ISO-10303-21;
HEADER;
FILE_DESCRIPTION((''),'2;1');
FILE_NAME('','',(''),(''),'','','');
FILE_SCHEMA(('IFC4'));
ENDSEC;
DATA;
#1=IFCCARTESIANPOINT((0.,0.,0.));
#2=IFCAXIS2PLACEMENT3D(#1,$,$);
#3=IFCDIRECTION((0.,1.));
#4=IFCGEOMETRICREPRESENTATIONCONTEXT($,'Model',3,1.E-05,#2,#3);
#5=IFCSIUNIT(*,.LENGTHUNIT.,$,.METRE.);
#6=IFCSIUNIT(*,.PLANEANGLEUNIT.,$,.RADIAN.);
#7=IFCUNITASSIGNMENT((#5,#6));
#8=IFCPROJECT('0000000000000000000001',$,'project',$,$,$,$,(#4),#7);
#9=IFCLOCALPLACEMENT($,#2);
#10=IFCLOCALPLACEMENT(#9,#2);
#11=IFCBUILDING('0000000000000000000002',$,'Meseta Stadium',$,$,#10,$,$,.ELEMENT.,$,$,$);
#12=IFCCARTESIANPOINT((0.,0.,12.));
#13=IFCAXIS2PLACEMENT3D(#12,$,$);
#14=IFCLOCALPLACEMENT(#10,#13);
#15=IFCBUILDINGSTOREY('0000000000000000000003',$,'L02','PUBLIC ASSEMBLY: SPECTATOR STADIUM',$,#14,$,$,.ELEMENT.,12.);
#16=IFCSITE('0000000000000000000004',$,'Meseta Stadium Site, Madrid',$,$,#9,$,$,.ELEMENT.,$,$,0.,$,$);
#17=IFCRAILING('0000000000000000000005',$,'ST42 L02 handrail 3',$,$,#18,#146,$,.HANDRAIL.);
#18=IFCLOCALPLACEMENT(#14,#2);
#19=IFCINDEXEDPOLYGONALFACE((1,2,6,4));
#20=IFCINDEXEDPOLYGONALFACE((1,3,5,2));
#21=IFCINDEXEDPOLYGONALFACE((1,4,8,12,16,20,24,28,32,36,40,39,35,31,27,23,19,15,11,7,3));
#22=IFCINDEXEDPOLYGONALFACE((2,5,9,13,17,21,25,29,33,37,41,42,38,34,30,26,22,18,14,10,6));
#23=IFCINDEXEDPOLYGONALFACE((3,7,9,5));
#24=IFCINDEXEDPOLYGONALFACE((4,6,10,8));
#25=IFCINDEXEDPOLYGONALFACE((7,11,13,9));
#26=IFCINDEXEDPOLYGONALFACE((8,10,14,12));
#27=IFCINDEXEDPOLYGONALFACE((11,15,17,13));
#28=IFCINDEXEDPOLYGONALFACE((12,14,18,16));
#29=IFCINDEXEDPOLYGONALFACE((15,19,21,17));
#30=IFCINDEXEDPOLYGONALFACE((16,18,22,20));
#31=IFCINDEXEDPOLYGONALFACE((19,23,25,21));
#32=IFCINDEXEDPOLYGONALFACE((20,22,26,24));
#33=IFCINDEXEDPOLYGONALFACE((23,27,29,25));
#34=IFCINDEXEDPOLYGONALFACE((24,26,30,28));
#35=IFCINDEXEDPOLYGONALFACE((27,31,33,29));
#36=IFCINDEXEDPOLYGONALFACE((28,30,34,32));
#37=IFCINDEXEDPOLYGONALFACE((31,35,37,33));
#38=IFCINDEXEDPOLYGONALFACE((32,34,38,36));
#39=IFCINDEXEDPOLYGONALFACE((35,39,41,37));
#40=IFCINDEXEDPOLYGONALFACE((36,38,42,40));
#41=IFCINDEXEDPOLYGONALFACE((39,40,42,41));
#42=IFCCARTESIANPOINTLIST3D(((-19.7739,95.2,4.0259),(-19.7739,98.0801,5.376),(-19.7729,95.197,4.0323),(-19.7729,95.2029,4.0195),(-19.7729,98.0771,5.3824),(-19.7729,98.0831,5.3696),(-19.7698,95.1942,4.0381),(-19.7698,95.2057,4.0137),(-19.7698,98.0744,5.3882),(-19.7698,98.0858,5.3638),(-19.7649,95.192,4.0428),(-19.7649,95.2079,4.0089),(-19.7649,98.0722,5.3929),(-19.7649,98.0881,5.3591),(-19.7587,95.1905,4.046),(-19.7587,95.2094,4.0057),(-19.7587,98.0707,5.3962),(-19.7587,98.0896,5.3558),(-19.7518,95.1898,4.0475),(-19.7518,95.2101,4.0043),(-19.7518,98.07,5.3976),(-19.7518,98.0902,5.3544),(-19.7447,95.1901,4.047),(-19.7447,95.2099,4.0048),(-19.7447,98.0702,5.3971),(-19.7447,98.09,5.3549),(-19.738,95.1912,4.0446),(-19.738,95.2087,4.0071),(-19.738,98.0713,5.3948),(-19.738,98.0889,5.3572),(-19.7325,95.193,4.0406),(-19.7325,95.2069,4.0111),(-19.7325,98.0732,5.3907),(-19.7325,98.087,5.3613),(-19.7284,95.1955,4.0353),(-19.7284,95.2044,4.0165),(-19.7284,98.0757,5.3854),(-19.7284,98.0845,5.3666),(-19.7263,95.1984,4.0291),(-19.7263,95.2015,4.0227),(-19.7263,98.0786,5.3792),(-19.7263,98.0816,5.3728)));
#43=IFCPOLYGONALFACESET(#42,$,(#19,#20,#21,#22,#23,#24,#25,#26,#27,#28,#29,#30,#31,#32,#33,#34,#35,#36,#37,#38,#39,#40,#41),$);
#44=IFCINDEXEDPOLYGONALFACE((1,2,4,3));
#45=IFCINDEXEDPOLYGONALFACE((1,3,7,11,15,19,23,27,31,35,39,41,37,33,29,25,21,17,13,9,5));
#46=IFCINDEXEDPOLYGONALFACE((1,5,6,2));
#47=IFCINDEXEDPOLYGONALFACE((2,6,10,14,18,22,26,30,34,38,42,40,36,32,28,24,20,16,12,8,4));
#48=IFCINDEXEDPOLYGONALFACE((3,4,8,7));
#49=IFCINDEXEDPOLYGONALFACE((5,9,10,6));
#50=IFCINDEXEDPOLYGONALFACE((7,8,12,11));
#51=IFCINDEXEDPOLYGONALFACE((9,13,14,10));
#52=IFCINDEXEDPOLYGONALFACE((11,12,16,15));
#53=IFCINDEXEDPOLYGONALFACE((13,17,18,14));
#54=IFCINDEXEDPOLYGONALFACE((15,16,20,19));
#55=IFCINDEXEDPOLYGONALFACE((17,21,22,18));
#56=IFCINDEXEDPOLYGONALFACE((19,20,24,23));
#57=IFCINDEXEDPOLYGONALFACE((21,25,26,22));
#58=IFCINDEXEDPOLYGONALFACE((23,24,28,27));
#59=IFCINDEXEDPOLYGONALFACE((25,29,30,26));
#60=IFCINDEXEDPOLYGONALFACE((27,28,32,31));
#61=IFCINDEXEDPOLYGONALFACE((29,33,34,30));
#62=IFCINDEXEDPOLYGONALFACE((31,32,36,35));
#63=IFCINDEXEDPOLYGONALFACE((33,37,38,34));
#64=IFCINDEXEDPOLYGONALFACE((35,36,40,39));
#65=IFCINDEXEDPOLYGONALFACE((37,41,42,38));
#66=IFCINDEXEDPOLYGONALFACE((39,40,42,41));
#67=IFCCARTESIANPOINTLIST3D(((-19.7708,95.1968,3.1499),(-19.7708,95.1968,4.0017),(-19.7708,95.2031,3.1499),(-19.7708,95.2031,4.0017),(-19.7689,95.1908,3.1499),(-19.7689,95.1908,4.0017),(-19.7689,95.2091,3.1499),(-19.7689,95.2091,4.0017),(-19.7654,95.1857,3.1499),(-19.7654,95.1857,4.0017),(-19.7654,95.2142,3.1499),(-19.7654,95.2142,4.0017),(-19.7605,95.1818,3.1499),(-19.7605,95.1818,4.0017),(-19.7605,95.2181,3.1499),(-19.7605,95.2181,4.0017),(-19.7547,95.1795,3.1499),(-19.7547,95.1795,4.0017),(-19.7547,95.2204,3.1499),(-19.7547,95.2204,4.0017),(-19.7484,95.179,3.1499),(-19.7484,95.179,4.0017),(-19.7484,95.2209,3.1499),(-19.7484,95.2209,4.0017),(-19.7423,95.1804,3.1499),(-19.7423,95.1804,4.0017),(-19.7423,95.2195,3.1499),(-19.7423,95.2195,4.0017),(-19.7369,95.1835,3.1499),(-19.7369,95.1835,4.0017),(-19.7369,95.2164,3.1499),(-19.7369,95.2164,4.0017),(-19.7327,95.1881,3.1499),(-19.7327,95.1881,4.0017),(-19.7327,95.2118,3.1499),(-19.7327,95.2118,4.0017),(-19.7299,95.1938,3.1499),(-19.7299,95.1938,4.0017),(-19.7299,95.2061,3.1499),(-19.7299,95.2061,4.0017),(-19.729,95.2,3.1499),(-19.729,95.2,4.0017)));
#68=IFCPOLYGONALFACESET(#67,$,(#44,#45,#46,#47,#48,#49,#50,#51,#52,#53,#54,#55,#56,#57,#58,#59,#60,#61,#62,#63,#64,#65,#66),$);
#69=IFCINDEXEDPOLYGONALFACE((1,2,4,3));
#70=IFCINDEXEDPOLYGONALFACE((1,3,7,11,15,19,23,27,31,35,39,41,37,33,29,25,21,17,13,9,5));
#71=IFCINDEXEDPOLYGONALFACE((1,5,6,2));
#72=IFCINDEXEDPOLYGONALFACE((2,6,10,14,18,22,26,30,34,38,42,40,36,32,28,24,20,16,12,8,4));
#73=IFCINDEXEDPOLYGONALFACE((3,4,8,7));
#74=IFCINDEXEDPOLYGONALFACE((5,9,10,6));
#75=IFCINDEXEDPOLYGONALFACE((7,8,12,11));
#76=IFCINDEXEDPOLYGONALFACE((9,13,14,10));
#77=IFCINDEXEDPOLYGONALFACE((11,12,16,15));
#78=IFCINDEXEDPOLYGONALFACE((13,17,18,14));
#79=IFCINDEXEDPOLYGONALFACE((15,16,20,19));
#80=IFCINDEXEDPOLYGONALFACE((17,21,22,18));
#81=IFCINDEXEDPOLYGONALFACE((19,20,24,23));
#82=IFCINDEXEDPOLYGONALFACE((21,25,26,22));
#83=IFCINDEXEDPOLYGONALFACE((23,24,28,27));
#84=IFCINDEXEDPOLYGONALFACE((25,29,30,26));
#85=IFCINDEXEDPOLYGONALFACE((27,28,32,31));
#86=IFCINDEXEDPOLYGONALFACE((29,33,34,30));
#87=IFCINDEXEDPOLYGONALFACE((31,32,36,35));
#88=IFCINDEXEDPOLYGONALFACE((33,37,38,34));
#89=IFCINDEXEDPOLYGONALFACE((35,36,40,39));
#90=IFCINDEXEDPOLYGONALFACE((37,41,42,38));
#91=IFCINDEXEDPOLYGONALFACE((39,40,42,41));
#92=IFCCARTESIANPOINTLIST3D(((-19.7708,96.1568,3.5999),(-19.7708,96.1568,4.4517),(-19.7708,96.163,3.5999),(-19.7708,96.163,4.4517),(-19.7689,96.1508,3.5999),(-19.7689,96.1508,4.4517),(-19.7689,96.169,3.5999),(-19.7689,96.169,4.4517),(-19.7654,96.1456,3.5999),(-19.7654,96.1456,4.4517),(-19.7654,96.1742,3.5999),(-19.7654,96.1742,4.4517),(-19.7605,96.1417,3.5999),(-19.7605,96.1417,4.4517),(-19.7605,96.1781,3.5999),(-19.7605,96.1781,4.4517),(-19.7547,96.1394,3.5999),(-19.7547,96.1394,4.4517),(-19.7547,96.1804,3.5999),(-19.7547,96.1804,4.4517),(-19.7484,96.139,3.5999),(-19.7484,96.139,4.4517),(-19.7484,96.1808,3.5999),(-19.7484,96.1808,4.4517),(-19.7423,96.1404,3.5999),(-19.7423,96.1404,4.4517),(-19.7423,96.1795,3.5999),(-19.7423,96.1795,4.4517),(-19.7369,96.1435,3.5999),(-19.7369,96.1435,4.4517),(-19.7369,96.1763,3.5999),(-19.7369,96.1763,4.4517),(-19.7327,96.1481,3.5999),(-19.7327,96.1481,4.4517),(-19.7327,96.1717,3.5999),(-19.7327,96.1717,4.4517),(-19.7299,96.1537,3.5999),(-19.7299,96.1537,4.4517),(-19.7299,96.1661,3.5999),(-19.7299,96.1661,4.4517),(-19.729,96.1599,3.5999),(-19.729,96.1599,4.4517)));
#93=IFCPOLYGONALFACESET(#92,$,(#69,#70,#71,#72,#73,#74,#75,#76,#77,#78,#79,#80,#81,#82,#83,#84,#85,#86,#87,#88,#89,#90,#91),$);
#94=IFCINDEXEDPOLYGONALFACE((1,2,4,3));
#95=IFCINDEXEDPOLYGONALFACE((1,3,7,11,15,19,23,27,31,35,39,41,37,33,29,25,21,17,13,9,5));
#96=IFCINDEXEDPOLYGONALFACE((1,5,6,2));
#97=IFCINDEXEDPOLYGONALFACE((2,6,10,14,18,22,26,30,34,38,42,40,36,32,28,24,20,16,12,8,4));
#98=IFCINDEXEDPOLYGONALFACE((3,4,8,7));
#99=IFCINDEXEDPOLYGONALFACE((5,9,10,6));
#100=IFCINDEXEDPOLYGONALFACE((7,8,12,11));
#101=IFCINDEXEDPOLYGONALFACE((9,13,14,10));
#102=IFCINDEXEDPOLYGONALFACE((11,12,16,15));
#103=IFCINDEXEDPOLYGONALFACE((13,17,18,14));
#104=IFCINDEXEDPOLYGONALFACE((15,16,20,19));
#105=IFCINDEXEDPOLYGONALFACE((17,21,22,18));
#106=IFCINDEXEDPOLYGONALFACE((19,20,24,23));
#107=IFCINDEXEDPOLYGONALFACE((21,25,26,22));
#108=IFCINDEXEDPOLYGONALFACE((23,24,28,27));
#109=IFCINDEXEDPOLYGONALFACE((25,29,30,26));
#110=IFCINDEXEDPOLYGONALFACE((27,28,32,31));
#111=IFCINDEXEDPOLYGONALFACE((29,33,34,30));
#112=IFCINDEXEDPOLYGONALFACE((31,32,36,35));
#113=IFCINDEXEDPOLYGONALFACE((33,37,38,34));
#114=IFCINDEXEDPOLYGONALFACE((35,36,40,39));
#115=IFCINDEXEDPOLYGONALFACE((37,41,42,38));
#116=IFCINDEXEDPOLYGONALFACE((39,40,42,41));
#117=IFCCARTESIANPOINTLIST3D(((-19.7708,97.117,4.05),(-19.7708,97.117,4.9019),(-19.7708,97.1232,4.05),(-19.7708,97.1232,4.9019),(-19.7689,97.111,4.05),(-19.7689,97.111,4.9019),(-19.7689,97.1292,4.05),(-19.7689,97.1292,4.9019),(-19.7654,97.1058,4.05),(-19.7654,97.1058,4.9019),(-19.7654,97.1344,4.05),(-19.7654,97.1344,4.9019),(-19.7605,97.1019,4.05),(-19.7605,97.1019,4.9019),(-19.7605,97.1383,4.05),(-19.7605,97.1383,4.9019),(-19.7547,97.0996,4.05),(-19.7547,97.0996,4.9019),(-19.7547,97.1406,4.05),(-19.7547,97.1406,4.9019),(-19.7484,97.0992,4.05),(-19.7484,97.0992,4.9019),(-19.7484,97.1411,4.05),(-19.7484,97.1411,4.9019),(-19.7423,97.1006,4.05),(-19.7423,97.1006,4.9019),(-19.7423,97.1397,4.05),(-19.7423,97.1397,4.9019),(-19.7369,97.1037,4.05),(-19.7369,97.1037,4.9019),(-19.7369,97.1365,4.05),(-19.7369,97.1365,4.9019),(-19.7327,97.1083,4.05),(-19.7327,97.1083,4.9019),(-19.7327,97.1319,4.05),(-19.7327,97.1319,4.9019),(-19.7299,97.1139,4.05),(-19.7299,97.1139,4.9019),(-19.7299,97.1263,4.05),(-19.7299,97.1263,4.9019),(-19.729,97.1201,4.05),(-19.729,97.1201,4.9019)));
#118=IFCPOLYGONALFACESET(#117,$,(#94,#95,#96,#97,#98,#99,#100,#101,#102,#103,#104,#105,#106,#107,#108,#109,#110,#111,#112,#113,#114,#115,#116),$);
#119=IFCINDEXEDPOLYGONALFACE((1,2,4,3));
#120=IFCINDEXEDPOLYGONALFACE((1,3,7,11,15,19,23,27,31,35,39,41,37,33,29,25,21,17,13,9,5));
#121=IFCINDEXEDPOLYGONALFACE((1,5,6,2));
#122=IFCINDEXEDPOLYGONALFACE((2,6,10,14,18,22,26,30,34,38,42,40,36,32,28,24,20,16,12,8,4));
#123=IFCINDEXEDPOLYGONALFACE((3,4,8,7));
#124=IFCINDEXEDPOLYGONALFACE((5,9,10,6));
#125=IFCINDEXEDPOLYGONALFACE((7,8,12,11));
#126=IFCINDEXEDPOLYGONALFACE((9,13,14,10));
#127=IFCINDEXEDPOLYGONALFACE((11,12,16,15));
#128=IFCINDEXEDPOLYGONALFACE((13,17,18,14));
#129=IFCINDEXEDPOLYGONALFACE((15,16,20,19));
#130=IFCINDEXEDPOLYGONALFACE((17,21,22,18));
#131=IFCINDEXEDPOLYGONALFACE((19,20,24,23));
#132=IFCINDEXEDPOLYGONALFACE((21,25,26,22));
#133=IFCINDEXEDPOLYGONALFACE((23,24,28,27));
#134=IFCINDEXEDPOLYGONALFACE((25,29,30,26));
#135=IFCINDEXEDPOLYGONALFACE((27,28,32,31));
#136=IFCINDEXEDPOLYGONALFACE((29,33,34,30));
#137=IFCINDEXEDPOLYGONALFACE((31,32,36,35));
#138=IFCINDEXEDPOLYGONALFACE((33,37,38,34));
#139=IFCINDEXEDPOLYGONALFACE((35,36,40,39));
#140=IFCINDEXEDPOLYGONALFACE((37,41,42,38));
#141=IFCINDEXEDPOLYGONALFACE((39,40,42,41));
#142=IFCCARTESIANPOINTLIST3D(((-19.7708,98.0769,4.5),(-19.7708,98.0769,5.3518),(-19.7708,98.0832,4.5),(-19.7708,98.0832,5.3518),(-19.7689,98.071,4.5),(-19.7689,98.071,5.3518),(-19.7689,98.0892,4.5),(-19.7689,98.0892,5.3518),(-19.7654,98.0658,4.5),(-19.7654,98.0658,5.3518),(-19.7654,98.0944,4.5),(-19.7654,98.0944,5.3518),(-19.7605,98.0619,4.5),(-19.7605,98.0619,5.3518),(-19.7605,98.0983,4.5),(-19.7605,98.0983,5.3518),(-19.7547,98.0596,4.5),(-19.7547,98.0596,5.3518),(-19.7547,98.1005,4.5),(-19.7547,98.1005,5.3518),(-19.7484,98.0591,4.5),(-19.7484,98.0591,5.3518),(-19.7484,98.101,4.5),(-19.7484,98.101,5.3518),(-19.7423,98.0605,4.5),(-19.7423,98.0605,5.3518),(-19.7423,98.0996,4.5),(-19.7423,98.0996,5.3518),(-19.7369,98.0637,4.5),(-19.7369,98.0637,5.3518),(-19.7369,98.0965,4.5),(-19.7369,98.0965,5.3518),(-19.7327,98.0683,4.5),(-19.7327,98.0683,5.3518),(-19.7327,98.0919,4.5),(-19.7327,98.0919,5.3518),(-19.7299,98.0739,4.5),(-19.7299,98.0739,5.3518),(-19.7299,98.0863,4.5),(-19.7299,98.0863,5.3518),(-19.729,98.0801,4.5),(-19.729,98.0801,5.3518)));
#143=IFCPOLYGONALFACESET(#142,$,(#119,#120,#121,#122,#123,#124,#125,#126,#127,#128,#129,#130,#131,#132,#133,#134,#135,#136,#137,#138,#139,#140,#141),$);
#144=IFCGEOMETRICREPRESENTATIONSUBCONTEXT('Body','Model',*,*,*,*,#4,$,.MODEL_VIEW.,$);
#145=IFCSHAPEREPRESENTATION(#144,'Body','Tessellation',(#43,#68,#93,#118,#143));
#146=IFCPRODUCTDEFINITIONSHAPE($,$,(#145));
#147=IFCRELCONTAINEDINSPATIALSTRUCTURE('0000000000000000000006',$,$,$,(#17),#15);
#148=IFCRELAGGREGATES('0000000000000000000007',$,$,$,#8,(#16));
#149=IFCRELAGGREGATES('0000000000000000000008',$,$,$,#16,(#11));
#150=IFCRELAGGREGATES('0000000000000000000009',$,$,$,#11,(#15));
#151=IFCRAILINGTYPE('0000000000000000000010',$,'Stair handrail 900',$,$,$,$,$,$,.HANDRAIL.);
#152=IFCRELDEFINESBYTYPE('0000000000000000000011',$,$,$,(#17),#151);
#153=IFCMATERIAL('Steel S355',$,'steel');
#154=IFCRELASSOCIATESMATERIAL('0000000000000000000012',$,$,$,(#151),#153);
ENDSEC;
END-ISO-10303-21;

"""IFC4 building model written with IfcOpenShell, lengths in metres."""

from ifc_helpers import new_model, si_unit, direction, frame, origin, origin_2d, place, context, subcontext, project, spatial, circle, extrude, material, type_object, element, save


model = new_model("IFC4")

# Units and contexts
model_context = context("Model", 3, precision=1e-05, world=origin(), true_north=direction((0.0, 1.0)))
body_context = subcontext(model_context, "Body", "Model", "MODEL_VIEW")
ifc_project = project(units=[si_unit("LENGTHUNIT", "METRE"), si_unit("PLANEANGLEUNIT", "RADIAN")], contexts=[model_context])

# Site, building, storey
site_placement = place(None, origin())
site = spatial("IfcSite", under=ifc_project, at=site_placement, Name="Meseta Stadium Site, Madrid", CompositionType="ELEMENT", RefElevation=0.0)
building_placement = place(site_placement, origin())
building = spatial("IfcBuilding", under=site, at=building_placement, Name="Meseta Stadium", CompositionType="ELEMENT")
storey_placement = place(building_placement, frame((0.0, 0.0, 12.0)))
storey = spatial("IfcBuildingStorey", under=building, at=storey_placement, Name="L02", Description="PUBLIC ASSEMBLY: SPECTATOR STADIUM", CompositionType="ELEMENT", Elevation=12.0)

# Railing
ifc_material_1 = material(Name="Steel S355", Category="steel")
railing_type_1 = type_object("IfcRailingType", Name="Stair handrail 900", PredefinedType="HANDRAIL", material=ifc_material_1)
for number, where, name in (
    (1, (-19.75, 95.2, 3.1499), "ST42 L02 handrail 3"),
):
    element("IfcRailing", number, at=place(storey_placement, frame(where)), inside=storey, type_object=railing_type_1, Name=name, PredefinedType="HANDRAIL", context=body_context, shape_type="SweptSolid", body=[
        extrude(circle(Radius=0.0239, at=origin_2d()), frame((0.0, 0.0, 0.876), z_axis=(0.0, 0.905454, 0.424444), x_axis=(-1.0, 0.0, 0.0)), (0.0, 0.0, 1.0), 3.1809),
        extrude(circle(Radius=0.021, at=origin_2d()), origin(), (0.0, 0.0, 1.0), 0.8518),
        extrude(circle(Radius=0.021, at=origin_2d()), frame((0.0, 0.96, 0.45)), (0.0, 0.0, 1.0), 0.8518),
        extrude(circle(Radius=0.021, at=origin_2d()), frame((0.0, 1.9202, 0.9001)), (0.0, 0.0, 1.0), 0.8518),
        extrude(circle(Radius=0.021, at=origin_2d()), frame((0.0, 2.8801, 1.3501)), (0.0, 0.0, 1.0), 0.8518),
    ])

save(model, "model.ifc")
